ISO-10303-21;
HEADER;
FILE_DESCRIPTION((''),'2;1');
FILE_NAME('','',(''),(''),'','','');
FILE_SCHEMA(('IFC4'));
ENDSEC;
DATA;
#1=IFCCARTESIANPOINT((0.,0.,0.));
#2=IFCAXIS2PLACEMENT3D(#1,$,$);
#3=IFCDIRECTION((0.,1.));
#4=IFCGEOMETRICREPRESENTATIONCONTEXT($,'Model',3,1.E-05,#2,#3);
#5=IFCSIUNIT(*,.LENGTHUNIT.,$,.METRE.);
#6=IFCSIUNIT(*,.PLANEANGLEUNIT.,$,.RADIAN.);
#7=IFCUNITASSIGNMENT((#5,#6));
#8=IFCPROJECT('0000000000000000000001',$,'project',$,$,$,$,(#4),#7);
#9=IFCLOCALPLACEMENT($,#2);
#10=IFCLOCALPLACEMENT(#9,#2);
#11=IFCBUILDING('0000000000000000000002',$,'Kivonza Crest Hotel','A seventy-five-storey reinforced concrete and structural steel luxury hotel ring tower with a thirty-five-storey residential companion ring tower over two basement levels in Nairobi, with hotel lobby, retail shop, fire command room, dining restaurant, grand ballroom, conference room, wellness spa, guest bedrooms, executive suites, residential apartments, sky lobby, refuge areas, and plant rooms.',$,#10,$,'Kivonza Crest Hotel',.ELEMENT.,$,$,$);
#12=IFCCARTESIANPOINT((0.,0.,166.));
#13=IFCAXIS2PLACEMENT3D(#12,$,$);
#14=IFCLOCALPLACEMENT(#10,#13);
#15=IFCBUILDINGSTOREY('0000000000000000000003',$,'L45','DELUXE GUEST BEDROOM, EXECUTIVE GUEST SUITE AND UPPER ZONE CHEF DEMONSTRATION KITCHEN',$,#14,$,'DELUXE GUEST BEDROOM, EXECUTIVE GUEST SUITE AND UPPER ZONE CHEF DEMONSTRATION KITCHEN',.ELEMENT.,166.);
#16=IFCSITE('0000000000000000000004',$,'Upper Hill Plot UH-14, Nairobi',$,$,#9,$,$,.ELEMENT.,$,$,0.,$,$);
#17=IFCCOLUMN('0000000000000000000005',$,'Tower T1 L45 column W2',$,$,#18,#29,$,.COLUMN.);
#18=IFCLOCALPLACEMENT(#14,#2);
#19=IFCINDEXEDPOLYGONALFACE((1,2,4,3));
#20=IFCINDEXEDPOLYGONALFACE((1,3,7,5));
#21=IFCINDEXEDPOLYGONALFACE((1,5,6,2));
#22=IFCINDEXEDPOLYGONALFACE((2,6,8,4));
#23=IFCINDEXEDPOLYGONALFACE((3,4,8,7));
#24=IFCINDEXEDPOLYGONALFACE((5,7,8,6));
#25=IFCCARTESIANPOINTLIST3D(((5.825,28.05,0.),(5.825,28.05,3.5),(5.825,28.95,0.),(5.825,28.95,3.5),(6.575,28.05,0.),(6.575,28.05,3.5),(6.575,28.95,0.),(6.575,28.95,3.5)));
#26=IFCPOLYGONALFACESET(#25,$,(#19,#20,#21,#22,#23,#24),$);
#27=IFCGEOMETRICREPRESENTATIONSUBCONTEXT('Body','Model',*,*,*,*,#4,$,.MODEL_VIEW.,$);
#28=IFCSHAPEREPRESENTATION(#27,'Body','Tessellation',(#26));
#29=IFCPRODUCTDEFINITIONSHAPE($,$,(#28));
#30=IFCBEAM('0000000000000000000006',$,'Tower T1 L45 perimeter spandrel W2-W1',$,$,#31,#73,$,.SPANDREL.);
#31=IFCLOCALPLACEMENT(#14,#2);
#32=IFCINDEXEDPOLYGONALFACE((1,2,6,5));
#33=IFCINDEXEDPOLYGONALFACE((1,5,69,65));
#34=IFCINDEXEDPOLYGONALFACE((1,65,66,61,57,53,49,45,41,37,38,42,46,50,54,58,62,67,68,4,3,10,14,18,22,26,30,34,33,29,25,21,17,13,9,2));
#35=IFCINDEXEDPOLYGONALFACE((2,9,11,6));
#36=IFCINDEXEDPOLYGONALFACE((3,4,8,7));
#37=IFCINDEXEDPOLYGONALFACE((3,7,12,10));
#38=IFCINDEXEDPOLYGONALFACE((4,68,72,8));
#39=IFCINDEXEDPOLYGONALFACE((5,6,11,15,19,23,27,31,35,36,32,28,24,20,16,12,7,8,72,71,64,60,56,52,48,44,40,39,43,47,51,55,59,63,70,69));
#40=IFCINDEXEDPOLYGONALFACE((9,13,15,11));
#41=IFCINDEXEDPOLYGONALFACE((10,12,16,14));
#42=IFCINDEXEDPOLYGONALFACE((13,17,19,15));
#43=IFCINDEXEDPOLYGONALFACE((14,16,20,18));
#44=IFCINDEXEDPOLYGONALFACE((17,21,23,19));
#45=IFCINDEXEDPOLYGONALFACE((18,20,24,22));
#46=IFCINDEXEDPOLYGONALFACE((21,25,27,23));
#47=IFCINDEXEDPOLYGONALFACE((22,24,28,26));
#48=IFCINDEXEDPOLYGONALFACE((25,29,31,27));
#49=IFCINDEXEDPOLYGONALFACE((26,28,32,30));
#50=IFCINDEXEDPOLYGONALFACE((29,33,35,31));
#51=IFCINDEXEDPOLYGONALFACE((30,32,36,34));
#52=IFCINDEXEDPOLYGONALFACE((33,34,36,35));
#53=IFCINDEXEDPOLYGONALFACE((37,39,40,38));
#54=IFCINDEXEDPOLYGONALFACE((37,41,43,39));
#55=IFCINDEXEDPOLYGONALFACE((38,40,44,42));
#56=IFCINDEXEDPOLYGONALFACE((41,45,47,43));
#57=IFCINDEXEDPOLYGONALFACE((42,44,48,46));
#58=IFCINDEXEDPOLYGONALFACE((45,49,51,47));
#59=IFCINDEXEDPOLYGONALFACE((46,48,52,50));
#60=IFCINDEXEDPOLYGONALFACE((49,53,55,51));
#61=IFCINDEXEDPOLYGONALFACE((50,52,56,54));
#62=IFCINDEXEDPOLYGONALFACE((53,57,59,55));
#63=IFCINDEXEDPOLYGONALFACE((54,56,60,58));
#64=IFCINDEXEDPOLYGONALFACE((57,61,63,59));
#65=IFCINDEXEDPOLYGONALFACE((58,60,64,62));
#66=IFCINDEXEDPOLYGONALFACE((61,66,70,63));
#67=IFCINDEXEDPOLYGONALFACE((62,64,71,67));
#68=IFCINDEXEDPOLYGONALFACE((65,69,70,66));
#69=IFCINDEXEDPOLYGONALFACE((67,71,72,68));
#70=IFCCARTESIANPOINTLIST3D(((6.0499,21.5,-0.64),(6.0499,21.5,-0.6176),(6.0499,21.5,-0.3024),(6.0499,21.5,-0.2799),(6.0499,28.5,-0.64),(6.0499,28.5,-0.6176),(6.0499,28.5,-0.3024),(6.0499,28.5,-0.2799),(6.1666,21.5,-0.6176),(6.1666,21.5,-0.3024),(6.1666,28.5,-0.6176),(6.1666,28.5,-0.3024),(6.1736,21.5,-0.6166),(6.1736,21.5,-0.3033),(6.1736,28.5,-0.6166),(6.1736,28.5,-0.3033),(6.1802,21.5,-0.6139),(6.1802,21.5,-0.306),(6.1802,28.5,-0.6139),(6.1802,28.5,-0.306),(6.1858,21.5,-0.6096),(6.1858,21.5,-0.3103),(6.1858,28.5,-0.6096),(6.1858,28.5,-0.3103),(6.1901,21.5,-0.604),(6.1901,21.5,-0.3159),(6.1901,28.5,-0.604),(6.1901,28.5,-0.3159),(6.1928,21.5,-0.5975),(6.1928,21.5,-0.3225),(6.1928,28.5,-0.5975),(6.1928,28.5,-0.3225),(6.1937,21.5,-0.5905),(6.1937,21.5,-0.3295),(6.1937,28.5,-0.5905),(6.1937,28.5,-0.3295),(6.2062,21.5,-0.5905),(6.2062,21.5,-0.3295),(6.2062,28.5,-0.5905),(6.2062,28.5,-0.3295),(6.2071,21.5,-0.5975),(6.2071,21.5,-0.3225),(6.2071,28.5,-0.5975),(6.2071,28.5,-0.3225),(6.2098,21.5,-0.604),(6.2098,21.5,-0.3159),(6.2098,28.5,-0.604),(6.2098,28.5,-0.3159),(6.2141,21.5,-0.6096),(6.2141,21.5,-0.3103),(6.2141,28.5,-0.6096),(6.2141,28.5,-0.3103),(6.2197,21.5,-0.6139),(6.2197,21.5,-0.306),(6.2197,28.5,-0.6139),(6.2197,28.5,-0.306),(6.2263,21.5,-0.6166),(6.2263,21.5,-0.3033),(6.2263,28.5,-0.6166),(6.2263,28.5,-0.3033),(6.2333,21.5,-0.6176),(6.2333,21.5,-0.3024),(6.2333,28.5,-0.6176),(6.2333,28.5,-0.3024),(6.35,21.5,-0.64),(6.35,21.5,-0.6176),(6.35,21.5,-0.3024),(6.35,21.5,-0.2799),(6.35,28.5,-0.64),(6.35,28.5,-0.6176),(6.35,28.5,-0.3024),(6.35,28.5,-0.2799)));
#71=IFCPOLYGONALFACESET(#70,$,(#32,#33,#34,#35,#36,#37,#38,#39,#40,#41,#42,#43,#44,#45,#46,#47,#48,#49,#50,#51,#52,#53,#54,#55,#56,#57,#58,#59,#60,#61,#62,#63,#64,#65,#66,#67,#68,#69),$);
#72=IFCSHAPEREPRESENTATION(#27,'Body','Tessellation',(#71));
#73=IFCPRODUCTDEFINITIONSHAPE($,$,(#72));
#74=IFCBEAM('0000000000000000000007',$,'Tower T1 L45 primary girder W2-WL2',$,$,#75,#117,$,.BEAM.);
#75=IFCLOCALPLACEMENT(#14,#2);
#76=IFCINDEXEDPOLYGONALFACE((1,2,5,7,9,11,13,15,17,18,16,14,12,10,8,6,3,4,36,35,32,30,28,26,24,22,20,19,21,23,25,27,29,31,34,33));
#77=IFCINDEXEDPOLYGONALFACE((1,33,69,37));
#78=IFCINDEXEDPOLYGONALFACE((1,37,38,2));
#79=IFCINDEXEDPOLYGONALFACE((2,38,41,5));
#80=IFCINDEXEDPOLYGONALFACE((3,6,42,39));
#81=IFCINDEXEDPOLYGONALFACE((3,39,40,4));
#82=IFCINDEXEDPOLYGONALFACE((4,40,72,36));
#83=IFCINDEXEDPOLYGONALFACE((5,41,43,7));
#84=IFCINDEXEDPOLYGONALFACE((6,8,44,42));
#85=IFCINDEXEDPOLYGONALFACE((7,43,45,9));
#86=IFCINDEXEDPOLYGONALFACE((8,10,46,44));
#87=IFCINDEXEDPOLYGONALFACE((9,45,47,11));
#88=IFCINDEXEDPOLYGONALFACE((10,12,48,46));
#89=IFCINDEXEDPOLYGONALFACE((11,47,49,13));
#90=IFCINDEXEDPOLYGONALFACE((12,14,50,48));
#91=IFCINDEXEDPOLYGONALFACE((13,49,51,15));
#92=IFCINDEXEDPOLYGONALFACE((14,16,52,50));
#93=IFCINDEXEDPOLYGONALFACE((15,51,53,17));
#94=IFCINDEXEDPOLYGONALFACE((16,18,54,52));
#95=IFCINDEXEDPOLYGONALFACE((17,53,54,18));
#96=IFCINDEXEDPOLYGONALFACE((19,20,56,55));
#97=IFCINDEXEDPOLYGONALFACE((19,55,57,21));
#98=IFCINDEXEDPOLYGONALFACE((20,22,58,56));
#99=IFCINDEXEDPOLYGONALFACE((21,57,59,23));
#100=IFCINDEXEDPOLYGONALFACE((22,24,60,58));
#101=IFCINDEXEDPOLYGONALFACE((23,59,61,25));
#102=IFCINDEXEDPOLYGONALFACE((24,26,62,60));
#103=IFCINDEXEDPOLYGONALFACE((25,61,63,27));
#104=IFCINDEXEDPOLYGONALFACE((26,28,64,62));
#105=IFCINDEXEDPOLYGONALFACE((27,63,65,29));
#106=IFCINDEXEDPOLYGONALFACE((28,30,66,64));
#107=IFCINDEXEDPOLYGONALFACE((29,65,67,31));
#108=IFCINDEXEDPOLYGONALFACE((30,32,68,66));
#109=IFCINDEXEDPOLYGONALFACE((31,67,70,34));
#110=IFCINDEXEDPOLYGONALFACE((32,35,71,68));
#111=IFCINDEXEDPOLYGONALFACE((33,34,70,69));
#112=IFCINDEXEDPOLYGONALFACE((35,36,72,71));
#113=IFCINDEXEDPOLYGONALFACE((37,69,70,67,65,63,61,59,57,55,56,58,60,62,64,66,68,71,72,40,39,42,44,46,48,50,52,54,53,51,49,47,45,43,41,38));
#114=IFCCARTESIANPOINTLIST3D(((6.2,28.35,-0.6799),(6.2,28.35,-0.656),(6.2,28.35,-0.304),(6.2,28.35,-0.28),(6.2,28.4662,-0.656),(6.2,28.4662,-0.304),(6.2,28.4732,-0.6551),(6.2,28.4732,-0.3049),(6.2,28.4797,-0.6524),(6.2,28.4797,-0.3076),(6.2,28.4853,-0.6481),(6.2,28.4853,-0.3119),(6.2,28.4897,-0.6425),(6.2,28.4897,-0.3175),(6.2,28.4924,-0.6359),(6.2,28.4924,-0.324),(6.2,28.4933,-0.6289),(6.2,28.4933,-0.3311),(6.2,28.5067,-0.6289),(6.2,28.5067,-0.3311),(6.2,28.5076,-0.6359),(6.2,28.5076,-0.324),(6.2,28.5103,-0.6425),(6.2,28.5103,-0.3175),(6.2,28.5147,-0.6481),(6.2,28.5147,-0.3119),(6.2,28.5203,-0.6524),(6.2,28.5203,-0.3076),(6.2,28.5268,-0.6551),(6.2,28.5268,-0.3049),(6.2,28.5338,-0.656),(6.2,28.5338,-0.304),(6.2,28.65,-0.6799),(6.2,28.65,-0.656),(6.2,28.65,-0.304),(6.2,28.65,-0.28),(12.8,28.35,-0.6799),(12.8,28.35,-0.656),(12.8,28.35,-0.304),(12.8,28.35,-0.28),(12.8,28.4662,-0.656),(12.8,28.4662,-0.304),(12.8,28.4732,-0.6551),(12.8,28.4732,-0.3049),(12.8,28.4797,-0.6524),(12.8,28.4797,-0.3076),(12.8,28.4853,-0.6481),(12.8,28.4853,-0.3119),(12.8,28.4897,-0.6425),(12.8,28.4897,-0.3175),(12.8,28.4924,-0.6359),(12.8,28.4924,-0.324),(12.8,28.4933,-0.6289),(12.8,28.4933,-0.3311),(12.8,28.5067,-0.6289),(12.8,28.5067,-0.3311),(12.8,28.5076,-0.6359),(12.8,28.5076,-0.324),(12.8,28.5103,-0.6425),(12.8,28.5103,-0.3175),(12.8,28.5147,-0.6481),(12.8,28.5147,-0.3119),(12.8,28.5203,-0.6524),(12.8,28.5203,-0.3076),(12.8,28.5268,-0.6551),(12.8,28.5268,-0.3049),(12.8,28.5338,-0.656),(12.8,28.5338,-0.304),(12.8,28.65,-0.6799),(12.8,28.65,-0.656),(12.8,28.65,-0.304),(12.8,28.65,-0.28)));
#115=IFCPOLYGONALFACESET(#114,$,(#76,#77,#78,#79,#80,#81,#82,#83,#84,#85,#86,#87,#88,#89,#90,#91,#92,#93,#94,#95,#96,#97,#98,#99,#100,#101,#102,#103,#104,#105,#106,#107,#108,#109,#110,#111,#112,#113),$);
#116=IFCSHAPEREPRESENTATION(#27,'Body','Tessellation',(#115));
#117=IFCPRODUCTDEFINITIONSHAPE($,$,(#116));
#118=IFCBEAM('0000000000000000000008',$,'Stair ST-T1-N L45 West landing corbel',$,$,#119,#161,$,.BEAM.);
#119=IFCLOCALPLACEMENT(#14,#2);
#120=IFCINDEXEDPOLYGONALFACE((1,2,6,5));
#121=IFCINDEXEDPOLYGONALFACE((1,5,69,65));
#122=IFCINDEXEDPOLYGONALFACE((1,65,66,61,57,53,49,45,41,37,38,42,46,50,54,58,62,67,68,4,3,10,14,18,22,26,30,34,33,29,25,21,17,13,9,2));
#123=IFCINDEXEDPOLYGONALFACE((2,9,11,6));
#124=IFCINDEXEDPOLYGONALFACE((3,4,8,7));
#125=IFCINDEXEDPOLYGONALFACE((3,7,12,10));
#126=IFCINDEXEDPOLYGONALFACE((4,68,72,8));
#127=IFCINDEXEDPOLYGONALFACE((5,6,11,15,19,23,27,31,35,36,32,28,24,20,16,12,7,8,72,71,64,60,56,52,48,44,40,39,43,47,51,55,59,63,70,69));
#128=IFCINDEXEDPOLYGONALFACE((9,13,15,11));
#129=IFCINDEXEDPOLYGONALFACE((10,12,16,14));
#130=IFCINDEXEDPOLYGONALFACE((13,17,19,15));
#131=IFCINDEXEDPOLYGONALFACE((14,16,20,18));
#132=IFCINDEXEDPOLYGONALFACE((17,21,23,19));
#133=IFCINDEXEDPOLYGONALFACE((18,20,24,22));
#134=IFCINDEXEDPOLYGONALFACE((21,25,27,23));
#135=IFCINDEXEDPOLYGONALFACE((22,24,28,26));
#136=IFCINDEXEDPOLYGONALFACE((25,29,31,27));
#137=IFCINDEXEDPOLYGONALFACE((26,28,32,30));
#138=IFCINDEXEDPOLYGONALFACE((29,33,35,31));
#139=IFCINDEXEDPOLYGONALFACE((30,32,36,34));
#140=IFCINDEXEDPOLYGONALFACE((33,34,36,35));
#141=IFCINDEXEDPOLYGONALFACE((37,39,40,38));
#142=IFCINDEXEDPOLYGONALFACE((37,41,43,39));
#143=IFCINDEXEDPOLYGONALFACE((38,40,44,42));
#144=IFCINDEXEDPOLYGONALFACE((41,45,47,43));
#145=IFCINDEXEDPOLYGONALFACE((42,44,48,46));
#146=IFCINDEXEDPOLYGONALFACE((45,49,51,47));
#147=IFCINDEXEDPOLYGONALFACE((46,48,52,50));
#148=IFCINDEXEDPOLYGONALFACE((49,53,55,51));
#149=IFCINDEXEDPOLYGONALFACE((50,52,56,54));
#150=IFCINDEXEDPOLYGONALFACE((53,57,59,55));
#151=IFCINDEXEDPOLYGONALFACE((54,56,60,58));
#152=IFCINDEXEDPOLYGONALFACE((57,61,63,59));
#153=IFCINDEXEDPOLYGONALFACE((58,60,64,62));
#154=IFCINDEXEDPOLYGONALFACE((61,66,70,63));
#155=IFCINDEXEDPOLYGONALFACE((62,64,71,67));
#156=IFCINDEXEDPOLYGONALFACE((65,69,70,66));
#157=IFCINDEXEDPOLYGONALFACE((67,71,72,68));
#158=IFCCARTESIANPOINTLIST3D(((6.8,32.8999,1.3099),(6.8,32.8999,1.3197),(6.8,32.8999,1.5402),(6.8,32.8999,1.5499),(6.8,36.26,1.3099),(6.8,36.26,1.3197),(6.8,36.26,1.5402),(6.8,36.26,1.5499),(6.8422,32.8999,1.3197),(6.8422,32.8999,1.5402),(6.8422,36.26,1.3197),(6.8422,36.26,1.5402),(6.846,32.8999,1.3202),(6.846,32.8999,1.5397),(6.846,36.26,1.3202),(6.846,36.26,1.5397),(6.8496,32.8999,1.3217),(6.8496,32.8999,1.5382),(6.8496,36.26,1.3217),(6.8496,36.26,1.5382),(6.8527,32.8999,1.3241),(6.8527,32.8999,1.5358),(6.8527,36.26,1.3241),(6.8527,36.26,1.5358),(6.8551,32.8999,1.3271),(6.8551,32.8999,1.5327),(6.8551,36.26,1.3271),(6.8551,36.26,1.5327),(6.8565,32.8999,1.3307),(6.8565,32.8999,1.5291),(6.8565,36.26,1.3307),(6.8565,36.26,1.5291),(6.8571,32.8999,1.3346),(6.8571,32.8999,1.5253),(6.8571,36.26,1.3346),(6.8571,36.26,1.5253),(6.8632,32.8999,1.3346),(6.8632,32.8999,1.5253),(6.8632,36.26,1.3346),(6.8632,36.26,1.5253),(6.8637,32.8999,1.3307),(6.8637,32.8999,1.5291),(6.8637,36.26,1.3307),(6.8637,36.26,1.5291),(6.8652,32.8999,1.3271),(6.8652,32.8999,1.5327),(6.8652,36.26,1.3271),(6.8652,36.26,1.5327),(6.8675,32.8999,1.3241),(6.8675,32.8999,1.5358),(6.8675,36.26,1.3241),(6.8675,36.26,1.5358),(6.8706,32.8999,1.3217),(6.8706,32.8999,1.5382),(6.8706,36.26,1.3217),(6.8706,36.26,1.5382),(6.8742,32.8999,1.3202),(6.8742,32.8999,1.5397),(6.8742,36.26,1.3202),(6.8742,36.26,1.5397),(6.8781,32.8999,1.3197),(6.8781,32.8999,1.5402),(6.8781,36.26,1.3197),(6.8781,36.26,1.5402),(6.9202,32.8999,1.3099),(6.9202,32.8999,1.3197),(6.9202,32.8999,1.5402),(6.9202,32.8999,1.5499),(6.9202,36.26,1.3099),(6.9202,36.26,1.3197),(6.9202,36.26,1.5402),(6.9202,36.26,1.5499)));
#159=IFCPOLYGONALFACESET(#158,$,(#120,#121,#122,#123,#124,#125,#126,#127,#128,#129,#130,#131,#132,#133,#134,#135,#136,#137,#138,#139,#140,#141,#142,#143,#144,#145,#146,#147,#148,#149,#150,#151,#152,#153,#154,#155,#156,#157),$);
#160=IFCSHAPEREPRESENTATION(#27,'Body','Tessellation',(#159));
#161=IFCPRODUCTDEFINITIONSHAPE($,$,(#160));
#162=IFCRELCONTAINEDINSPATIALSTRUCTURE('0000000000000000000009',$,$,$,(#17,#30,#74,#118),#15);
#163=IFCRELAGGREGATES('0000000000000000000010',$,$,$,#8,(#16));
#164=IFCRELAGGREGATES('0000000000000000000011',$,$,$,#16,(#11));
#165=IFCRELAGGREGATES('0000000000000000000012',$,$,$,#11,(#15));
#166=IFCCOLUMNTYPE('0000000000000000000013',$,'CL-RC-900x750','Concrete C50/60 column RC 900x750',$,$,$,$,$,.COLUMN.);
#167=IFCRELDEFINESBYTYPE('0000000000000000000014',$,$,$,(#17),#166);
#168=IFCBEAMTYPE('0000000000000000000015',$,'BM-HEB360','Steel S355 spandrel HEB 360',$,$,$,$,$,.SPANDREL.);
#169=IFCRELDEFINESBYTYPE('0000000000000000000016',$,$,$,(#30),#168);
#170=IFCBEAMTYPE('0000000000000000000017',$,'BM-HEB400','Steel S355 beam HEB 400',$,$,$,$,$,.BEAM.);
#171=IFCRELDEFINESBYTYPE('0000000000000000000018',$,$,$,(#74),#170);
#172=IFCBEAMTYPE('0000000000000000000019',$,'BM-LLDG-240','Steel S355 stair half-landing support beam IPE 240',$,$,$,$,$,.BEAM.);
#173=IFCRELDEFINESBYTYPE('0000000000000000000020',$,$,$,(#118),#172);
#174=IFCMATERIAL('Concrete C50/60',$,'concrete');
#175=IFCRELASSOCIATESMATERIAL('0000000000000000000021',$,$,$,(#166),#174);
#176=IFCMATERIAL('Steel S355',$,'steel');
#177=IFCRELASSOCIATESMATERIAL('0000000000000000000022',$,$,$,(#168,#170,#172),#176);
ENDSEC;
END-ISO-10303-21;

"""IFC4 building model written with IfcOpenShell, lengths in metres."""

from ifc_helpers import new_model, si_unit, direction, frame, origin, origin_2d, place, context, subcontext, project, spatial, rectangle, i_section, extrude, material, material_profile, profile_set, type_object, element, save


model = new_model("IFC4")

# Units and contexts
model_context = context("Model", 3, precision=1e-05, world=origin(), true_north=direction((0.0, 1.0)))
body_context = subcontext(model_context, "Body", "Model", "MODEL_VIEW")
ifc_project = project(units=[si_unit("LENGTHUNIT", "METRE"), si_unit("PLANEANGLEUNIT", "RADIAN")], contexts=[model_context])

# Site, building, storey
site_placement = place(None, origin())
site = spatial("IfcSite", under=ifc_project, at=site_placement, Name="Upper Hill Plot UH-14, Nairobi", CompositionType="ELEMENT", RefElevation=0.0)
building_placement = place(site_placement, origin())
building = spatial("IfcBuilding", under=site, at=building_placement, Name="Kivonza Crest Hotel", Description="A seventy-five-storey reinforced concrete and structural steel luxury hotel ring tower with a thirty-five-storey residential companion ring tower over two basement levels in Nairobi, with hotel lobby, retail shop, fire command room, dining restaurant, grand ballroom, conference room, wellness spa, guest bedrooms, executive suites, residential apartments, sky lobby, refuge areas, and plant rooms.", LongName="Kivonza Crest Hotel", CompositionType="ELEMENT")
storey_placement = place(building_placement, frame((0.0, 0.0, 166.0)))
storey = spatial("IfcBuildingStorey", under=building, at=storey_placement, Name="L45", Description="DELUXE GUEST BEDROOM, EXECUTIVE GUEST SUITE AND UPPER ZONE CHEF DEMONSTRATION KITCHEN", LongName="DELUXE GUEST BEDROOM, EXECUTIVE GUEST SUITE AND UPPER ZONE CHEF DEMONSTRATION KITCHEN", CompositionType="ELEMENT", Elevation=166.0)

# Column
ifc_material_1 = material(Name="Concrete C50/60", Category="concrete")
ifc_material_profile_1 = material_profile(ifc_material_1, rectangle(XDim=0.75, YDim=0.8999, at=origin_2d()), Name="RC 900x750")
ifc_profile_set_1 = profile_set([ifc_material_profile_1], Name="Concrete C50/60")
column_type = type_object("IfcColumnType", Name="CL-RC-900x750", Description="Concrete C50/60 column RC 900x750", PredefinedType="COLUMN", material=ifc_profile_set_1)
column_placement = place(storey_placement, frame((6.2, 28.5, 0.0), z_axis=(0.0, 0.0, 1.0), x_axis=(1.0, 0.0, 0.0)))
element("IfcColumn", 1, at=column_placement, inside=storey, type_object=column_type, Name="Tower T1 L45 column W2", PredefinedType="COLUMN", context=body_context, shape_type="SweptSolid", body=[
    extrude(rectangle(XDim=0.75, YDim=0.8999, at=origin_2d()), origin(), (0.0, 0.0, 1.0), 3.5),
])

# Beams
ifc_material_2 = material(Name="Steel S355", Category="steel")
ifc_material_profile_2 = material_profile(ifc_material_2, i_section(OverallWidth=0.3, OverallDepth=0.3601, WebThickness=0.0125, FlangeThickness=0.0225, FilletRadius=0.0271, at=origin_2d()), Name="HEB 360")
ifc_profile_set_2 = profile_set([ifc_material_profile_2], Name="Steel S355")
beam_type_1 = type_object("IfcBeamType", Name="BM-HEB360", Description="Steel S355 spandrel HEB 360", PredefinedType="SPANDREL", material=ifc_profile_set_2)
beam_1_placement = place(storey_placement, frame((6.2, 28.5, -0.46), z_axis=(0.0, -1.0, 0.0), x_axis=(1.0, 0.0, 0.0)))
element("IfcBeam", 2, at=beam_1_placement, inside=storey, type_object=beam_type_1, Name="Tower T1 L45 perimeter spandrel W2-W1", PredefinedType="SPANDREL", context=body_context, shape_type="SweptSolid", body=[
    extrude(i_section(OverallWidth=0.3, OverallDepth=0.3601, WebThickness=0.0125, FlangeThickness=0.0225, FilletRadius=0.0271, at=origin_2d()), origin(), (0.0, 0.0, 1.0), 7.0),
])
ifc_material_profile_3 = material_profile(ifc_material_2, i_section(OverallWidth=0.3, OverallDepth=0.3999, WebThickness=0.0134, FlangeThickness=0.0239, FilletRadius=0.0271, at=origin_2d()), Name="HEB 400")
ifc_profile_set_3 = profile_set([ifc_material_profile_3], Name="Steel S355")
beam_type_2 = type_object("IfcBeamType", Name="BM-HEB400", Description="Steel S355 beam HEB 400", PredefinedType="BEAM", material=ifc_profile_set_3)
beam_2_placement = place(storey_placement, frame((6.2, 28.5, -0.48), z_axis=(1.0, 0.0, 0.0), x_axis=(0.0, 1.0, 0.0)))
element("IfcBeam", 3, at=beam_2_placement, inside=storey, type_object=beam_type_2, Name="Tower T1 L45 primary girder W2-WL2", PredefinedType="BEAM", context=body_context, shape_type="SweptSolid", body=[
    extrude(i_section(OverallWidth=0.3, OverallDepth=0.3999, WebThickness=0.0134, FlangeThickness=0.0239, FilletRadius=0.0271, at=origin_2d()), origin(), (0.0, 0.0, 1.0), 6.6001),
])
ifc_material_profile_4 = material_profile(ifc_material_2, i_section(OverallWidth=0.1201, OverallDepth=0.24, WebThickness=0.0061, FlangeThickness=0.0098, FilletRadius=0.0149, at=origin_2d()), Name="IPE 240")
ifc_profile_set_4 = profile_set([ifc_material_profile_4], Name="Steel S355")
beam_type_3 = type_object("IfcBeamType", Name="BM-LLDG-240", Description="Steel S355 stair half-landing support beam IPE 240", PredefinedType="BEAM", material=ifc_profile_set_4)
beam_3_placement = place(storey_placement, frame((6.8601, 32.8999, 1.4299), z_axis=(0.0, 1.0, 0.0), x_axis=(-1.0, 0.0, 0.0)))
element("IfcBeam", 4, at=beam_3_placement, inside=storey, type_object=beam_type_3, Name="Stair ST-T1-N L45 West landing corbel", PredefinedType="BEAM", context=body_context, shape_type="SweptSolid", body=[
    extrude(i_section(OverallWidth=0.1201, OverallDepth=0.24, WebThickness=0.0061, FlangeThickness=0.0098, FilletRadius=0.0149, at=origin_2d()), origin(), (0.0, 0.0, 1.0), 3.3601),
])

save(model, "model.ifc")
